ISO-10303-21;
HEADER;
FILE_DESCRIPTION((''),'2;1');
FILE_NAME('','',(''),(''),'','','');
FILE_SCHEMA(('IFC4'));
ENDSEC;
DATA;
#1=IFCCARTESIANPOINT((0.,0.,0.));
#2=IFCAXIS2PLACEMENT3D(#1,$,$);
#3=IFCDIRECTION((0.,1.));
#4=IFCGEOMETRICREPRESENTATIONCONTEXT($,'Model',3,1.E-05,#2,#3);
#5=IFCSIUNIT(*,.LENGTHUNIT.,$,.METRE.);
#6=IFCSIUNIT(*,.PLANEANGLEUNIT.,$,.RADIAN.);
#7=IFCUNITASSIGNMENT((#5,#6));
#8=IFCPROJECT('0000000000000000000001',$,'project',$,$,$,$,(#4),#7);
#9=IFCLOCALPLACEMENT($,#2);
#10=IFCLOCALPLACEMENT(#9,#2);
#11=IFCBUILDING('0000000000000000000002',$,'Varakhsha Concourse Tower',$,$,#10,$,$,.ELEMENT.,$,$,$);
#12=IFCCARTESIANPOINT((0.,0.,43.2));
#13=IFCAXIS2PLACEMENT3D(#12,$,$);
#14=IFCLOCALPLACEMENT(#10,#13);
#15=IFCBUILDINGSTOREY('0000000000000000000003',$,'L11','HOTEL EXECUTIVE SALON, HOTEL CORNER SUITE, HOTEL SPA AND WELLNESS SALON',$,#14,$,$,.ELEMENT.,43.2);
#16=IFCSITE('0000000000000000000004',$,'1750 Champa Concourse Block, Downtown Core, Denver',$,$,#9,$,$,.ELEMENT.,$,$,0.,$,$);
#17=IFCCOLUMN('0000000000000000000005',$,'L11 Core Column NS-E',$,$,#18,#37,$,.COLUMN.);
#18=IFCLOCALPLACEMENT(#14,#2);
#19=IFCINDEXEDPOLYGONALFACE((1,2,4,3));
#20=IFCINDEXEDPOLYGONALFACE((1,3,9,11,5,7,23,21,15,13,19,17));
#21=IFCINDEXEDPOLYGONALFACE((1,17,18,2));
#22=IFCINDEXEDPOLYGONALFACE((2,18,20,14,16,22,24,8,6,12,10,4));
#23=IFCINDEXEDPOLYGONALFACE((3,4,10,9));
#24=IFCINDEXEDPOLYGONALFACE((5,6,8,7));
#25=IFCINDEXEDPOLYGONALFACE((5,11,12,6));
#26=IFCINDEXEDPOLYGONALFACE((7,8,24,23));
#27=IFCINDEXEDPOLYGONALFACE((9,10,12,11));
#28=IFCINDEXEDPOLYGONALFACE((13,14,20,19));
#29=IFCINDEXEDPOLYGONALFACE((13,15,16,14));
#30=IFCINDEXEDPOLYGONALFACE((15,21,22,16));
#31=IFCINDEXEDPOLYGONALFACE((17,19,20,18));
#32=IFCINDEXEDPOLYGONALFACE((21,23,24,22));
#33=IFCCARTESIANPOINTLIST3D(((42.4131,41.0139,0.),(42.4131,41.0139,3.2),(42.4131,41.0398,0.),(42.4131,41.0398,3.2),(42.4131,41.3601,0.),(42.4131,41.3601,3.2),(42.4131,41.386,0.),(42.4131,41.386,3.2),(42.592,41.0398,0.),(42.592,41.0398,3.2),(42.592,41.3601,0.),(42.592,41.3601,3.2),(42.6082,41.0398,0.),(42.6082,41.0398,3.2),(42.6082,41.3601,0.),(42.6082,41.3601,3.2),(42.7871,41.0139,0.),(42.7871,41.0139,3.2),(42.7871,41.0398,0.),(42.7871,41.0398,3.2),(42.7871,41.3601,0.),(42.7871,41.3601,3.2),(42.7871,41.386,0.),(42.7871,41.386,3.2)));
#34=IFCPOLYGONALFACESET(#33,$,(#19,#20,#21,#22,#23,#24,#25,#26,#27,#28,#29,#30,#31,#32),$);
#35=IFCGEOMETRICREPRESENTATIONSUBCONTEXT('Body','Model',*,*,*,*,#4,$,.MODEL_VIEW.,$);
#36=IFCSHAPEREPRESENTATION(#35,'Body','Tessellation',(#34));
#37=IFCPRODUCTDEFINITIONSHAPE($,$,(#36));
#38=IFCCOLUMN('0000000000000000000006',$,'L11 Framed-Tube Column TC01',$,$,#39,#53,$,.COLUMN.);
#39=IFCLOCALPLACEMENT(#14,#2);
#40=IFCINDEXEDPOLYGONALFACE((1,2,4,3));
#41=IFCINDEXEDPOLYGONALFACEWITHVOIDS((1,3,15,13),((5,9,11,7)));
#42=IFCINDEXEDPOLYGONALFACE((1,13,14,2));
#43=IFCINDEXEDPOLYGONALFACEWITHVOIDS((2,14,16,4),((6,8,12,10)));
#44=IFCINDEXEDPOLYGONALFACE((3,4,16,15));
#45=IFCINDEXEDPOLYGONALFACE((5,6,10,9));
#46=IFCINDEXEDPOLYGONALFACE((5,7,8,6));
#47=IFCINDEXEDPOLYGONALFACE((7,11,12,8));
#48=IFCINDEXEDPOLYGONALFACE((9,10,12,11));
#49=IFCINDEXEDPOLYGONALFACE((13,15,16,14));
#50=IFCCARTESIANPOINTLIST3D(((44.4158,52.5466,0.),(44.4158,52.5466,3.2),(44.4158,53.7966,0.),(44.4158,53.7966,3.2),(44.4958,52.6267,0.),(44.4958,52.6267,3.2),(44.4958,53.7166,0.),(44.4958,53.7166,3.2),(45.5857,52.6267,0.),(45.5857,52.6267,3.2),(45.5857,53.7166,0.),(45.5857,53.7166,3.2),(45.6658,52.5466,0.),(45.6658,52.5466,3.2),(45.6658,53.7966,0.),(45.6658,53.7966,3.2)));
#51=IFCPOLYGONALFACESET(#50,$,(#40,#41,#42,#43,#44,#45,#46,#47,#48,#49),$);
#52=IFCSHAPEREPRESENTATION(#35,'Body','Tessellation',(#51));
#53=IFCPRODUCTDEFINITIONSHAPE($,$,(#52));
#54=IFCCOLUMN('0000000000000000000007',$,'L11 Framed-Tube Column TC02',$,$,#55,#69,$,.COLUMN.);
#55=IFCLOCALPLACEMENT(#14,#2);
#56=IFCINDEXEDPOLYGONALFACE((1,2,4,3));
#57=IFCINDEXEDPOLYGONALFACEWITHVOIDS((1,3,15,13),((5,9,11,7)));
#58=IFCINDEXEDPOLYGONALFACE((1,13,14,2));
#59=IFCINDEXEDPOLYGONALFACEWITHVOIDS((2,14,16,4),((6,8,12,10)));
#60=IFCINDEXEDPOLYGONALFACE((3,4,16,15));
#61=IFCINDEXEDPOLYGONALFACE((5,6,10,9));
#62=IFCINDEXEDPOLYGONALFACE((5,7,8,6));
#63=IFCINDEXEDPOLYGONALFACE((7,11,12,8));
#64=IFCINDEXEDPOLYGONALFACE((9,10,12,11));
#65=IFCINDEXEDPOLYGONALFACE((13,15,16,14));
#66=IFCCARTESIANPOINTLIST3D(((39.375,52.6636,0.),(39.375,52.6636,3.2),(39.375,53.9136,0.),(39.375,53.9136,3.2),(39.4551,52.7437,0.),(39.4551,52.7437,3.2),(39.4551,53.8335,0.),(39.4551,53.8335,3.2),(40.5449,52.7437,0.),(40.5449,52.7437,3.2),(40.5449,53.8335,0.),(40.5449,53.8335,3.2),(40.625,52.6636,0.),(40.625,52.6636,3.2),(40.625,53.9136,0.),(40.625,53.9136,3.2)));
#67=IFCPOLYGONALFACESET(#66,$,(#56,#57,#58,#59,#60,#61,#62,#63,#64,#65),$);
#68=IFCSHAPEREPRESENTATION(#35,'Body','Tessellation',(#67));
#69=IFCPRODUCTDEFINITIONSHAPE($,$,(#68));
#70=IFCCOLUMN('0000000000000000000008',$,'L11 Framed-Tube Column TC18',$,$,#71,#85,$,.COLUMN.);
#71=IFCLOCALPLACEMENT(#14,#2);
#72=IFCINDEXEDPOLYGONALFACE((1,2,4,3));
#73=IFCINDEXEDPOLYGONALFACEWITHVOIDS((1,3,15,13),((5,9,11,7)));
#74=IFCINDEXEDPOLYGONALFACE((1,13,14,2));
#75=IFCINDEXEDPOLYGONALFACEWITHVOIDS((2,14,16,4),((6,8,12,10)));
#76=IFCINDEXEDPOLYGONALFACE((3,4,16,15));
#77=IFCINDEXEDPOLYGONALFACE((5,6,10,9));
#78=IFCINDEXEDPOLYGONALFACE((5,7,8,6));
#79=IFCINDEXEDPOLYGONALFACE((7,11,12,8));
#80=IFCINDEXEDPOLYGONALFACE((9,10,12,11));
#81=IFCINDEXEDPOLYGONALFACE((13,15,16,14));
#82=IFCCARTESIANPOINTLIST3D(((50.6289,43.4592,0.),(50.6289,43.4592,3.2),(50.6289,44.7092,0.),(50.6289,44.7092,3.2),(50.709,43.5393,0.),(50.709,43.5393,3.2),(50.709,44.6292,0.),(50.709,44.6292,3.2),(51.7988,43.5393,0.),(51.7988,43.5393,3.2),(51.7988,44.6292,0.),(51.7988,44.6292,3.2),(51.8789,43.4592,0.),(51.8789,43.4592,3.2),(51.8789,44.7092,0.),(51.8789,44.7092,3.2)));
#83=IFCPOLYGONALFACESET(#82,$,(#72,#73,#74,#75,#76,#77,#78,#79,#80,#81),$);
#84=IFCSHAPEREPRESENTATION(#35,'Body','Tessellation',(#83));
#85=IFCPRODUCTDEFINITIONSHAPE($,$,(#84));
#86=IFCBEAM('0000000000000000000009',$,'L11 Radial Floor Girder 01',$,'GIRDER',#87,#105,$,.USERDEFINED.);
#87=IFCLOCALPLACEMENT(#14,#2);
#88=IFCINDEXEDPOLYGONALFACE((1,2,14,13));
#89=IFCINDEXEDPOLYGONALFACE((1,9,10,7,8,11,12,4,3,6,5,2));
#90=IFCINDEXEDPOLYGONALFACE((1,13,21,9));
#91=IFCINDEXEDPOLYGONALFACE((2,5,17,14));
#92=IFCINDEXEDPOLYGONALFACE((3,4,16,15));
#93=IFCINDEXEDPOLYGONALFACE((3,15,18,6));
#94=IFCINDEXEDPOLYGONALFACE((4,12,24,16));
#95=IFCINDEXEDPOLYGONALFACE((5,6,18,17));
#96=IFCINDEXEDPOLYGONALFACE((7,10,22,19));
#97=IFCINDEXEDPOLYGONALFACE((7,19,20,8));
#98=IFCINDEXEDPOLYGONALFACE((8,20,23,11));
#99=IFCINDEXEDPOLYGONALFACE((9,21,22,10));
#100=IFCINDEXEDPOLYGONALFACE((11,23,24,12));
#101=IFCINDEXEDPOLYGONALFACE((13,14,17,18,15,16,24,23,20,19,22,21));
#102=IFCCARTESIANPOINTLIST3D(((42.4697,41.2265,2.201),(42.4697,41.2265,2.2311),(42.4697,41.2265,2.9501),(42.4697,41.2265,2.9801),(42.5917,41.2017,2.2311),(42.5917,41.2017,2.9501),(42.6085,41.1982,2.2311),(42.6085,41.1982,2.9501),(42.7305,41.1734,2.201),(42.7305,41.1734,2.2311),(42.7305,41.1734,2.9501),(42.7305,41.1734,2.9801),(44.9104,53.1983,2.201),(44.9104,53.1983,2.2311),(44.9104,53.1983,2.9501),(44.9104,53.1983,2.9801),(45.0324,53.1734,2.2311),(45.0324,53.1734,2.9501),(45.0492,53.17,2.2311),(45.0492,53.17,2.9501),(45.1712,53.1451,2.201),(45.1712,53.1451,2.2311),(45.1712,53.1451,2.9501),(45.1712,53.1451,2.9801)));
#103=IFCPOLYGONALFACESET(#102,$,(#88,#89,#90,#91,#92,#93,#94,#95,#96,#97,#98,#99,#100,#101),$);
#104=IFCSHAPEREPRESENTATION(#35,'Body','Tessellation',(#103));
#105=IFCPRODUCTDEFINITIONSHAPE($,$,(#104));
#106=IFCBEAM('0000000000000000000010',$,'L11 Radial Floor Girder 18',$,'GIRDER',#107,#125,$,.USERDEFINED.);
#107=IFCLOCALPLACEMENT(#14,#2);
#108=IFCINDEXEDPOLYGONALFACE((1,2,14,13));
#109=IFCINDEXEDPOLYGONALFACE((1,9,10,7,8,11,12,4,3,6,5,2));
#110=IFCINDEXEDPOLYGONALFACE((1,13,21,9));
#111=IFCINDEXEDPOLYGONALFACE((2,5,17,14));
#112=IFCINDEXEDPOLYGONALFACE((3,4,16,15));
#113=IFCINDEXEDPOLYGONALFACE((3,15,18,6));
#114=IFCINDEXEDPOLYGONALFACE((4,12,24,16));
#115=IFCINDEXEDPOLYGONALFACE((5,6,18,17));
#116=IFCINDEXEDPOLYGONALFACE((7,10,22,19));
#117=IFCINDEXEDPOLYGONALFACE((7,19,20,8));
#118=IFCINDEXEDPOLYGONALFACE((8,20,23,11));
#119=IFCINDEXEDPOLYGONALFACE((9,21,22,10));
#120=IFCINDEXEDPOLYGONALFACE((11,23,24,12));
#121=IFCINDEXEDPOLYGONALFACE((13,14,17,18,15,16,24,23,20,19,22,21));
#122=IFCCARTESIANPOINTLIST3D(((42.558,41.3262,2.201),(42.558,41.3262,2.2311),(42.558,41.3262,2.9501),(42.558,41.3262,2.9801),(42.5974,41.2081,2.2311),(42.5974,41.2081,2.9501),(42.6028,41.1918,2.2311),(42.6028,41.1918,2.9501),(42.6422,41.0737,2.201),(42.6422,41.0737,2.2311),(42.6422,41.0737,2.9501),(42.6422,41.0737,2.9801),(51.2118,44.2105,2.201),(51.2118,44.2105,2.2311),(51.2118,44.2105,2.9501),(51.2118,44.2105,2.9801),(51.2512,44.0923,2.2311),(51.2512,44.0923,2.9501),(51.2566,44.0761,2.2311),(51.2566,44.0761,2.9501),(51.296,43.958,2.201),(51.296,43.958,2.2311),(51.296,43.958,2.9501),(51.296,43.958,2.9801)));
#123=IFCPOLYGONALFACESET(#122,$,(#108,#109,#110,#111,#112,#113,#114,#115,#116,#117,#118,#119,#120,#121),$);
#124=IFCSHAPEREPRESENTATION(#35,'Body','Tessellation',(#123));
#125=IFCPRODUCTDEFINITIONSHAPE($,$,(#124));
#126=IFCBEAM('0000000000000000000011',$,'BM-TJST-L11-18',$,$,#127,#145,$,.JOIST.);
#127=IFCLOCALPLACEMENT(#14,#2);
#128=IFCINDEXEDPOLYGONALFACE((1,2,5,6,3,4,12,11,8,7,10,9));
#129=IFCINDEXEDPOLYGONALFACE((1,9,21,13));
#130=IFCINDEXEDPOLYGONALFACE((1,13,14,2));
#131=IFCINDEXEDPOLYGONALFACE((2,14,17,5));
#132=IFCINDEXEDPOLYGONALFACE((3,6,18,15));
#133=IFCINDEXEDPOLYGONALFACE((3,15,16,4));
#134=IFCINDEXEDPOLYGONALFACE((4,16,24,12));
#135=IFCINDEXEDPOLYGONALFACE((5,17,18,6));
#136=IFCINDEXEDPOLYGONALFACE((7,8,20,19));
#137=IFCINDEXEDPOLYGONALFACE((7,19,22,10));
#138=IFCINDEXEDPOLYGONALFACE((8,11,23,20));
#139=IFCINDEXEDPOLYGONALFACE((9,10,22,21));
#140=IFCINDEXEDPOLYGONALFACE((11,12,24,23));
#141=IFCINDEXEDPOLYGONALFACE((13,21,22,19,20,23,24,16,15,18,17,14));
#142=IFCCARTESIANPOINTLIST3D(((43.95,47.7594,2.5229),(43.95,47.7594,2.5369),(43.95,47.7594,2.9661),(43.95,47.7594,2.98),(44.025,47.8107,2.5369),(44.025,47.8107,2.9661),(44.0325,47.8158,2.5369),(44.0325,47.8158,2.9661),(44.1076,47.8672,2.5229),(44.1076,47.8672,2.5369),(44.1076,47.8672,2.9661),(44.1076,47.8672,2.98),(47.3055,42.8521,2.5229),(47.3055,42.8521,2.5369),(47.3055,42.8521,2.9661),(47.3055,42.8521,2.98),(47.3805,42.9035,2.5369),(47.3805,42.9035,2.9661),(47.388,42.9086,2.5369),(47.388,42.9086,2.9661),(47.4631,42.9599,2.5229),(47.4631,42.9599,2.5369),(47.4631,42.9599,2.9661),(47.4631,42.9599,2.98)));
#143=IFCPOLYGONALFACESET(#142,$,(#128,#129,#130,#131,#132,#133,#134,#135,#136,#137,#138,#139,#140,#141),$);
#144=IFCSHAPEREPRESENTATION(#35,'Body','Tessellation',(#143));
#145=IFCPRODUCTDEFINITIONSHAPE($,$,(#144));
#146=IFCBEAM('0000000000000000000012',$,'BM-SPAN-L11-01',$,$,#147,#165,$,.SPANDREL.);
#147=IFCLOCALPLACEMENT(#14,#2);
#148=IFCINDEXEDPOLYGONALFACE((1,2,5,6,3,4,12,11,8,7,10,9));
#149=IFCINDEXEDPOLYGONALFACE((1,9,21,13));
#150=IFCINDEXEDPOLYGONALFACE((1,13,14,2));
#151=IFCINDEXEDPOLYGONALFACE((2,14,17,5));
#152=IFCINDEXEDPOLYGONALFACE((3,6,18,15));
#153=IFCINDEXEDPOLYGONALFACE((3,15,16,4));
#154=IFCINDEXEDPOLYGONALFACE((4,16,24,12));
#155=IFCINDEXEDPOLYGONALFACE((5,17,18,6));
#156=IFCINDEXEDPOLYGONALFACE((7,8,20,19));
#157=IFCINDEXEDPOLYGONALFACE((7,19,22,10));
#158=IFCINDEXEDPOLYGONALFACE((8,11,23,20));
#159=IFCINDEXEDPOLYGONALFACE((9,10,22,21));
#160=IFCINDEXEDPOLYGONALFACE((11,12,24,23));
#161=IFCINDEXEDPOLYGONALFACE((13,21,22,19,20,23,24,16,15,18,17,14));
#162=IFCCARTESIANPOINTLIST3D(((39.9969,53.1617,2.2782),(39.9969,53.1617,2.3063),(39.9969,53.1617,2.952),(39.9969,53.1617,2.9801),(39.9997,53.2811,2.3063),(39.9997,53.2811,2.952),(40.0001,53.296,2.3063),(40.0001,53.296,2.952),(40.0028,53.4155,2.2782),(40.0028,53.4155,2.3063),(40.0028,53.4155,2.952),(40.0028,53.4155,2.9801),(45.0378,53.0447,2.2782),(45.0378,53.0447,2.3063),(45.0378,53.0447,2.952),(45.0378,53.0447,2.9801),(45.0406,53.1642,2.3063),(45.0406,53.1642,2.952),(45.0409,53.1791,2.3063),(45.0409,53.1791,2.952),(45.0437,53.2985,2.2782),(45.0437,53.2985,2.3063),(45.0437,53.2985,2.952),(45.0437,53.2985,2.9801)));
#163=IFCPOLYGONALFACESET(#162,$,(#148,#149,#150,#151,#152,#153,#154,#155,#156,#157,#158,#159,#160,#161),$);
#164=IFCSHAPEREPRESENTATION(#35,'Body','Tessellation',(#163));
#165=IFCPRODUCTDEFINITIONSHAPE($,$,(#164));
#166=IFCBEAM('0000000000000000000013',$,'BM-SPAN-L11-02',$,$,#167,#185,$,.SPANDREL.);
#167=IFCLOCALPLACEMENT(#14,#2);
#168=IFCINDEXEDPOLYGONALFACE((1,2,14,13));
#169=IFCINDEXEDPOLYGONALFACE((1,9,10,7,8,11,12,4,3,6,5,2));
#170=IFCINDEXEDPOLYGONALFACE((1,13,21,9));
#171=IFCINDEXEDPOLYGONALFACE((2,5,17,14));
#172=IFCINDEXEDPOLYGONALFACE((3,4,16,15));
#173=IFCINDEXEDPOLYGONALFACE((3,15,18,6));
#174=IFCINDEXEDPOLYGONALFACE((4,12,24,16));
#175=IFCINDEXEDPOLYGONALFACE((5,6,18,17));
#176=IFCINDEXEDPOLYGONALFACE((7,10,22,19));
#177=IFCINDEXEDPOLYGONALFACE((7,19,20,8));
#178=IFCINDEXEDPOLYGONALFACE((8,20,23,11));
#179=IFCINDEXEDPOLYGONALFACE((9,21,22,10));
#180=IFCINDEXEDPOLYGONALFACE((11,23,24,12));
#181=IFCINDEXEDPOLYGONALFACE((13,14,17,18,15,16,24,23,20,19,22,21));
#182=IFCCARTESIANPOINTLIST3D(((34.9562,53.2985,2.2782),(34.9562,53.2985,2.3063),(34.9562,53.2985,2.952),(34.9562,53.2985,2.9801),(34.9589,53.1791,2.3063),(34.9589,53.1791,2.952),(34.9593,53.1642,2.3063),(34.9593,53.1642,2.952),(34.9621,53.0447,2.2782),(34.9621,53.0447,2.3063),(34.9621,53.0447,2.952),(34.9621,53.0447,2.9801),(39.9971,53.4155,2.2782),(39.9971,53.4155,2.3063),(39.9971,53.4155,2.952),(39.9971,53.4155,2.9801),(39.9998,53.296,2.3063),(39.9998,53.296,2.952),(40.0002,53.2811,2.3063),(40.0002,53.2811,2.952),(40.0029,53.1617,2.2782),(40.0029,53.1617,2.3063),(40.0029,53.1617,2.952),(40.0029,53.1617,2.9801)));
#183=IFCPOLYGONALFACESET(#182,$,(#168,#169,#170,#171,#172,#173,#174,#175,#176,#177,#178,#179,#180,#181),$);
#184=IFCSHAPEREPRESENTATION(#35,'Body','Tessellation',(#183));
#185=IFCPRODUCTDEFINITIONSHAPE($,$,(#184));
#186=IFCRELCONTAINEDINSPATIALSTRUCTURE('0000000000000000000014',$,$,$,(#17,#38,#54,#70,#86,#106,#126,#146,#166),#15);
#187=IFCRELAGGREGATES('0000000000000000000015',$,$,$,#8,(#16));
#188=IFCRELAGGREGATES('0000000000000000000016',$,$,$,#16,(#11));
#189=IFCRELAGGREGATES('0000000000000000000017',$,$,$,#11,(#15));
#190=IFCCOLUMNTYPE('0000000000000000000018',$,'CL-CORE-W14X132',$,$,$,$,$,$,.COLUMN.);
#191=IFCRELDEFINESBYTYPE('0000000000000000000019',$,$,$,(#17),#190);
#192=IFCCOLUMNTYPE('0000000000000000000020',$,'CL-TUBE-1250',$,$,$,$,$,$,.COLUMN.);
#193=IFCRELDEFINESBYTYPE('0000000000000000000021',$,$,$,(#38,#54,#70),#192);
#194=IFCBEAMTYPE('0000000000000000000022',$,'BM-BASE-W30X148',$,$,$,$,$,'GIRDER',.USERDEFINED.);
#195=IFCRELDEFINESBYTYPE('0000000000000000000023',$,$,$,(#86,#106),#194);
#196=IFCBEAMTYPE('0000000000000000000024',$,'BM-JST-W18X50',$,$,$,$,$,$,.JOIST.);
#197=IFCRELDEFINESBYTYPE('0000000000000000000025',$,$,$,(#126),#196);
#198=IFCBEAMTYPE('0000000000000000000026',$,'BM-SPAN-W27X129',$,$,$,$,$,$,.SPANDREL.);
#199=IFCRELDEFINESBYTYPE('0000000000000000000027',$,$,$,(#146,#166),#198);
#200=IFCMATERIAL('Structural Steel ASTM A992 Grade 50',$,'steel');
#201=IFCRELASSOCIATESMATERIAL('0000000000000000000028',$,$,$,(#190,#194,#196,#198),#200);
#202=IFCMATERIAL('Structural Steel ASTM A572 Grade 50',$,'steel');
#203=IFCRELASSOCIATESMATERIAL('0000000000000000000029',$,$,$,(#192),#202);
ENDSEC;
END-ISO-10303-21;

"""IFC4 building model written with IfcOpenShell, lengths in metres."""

from ifc_helpers import new_model, si_unit, direction, frame, origin, origin_2d, place, context, subcontext, project, spatial, hollow_rectangle, i_section, extrude, material, material_profile, profile_set, type_object, element, save


model = new_model("IFC4")

# Units and contexts
model_context = context("Model", 3, precision=1e-05, world=origin(), true_north=direction((0.0, 1.0)))
body_context = subcontext(model_context, "Body", "Model", "MODEL_VIEW")
ifc_project = project(units=[si_unit("LENGTHUNIT", "METRE"), si_unit("PLANEANGLEUNIT", "RADIAN")], contexts=[model_context])

# Site, building, storey
site_placement = place(None, origin())
site = spatial("IfcSite", under=ifc_project, at=site_placement, Name="1750 Champa Concourse Block, Downtown Core, Denver", CompositionType="ELEMENT", RefElevation=0.0)
building_placement = place(site_placement, origin())
building = spatial("IfcBuilding", under=site, at=building_placement, Name="Varakhsha Concourse Tower", CompositionType="ELEMENT")
storey_placement = place(building_placement, frame((0.0, 0.0, 43.2)))
storey = spatial("IfcBuildingStorey", under=building, at=storey_placement, Name="L11", Description="HOTEL EXECUTIVE SALON, HOTEL CORNER SUITE, HOTEL SPA AND WELLNESS SALON", CompositionType="ELEMENT", Elevation=43.2)

# Columns
ifc_material_1 = material(Name="Structural Steel ASTM A992 Grade 50", Category="steel")
ifc_material_profile_1 = material_profile(ifc_material_1, i_section(OverallWidth=0.374, OverallDepth=0.3721, WebThickness=0.0161, FlangeThickness=0.0259, at=origin_2d()), Name="W14X132")
ifc_profile_set_1 = profile_set([ifc_material_profile_1], Name="Structural Steel ASTM A992 Grade 50")
column_type_1 = type_object("IfcColumnType", Name="CL-CORE-W14X132", PredefinedType="COLUMN", material=ifc_profile_set_1)
column_placement = place(storey_placement, frame((42.6001, 41.2, 0.0), z_axis=(0.0, 0.0, 1.0), x_axis=(1.0, 0.0, 0.0)))
element("IfcColumn", 1, at=column_placement, inside=storey, type_object=column_type_1, Name="L11 Core Column NS-E", PredefinedType="COLUMN", context=body_context, shape_type="SweptSolid", body=[
    extrude(i_section(OverallWidth=0.374, OverallDepth=0.3721, WebThickness=0.0161, FlangeThickness=0.0259, at=origin_2d()), origin(), (0.0, 0.0, 1.0), 3.2),
])
ifc_material_2 = material(Name="Structural Steel ASTM A572 Grade 50", Category="steel")
ifc_material_profile_2 = material_profile(ifc_material_2, hollow_rectangle(XDim=1.25, YDim=1.25, WallThickness=0.0801, at=origin_2d()), Name="BOX 1250x1250x80")
ifc_profile_set_2 = profile_set([ifc_material_profile_2], Name="Structural Steel ASTM A572 Grade 50")
column_type_2 = type_object("IfcColumnType", Name="CL-TUBE-1250", PredefinedType="COLUMN", material=ifc_profile_set_2)
for number, where, z_axis, x_axis, name in (
    (2, (45.0408, 53.1716, 0.0), (0.0, 0.0, 1.0), (1.0, 0.0, 0.0), "L11 Framed-Tube Column TC01"),
    (3, (40.0, 53.2886, 0.0), (0.0, 0.0, 1.0), (1.0, 0.0, 0.0), "L11 Framed-Tube Column TC02"),
    (4, (51.2539, 44.0842, 0.0), (0.0, 0.0, 1.0), (1.0, 0.0, 0.0), "L11 Framed-Tube Column TC18"),
):
    element("IfcColumn", number, at=place(storey_placement, frame(where, z_axis=z_axis, x_axis=x_axis)), inside=storey, type_object=column_type_2, Name=name, PredefinedType="COLUMN", context=body_context, shape_type="SweptSolid", body=[
        extrude(hollow_rectangle(XDim=1.25, YDim=1.25, WallThickness=0.0801, at=origin_2d()), origin(), (0.0, 0.0, 1.0), 3.2),
    ])

# Beams
ifc_material_profile_3 = material_profile(ifc_material_1, i_section(OverallWidth=0.2661, OverallDepth=0.7791, WebThickness=0.0171, FlangeThickness=0.03, at=origin_2d()), Name="W30X148")
ifc_profile_set_3 = profile_set([ifc_material_profile_3], Name="Structural Steel ASTM A992 Grade 50")
beam_type_1 = type_object("IfcBeamType", Name="BM-BASE-W30X148", ElementType="GIRDER", PredefinedType="USERDEFINED", material=ifc_profile_set_3)
beam_1_placement = place(storey_placement, frame((42.6001, 41.2, 2.5906), z_axis=(0.199762, 0.979845, 0.0), x_axis=(-0.979845, 0.199762, 0.0)))
element("IfcBeam", 5, at=beam_1_placement, inside=storey, type_object=beam_type_1, Name="L11 Radial Floor Girder 01", ObjectType="GIRDER", PredefinedType="USERDEFINED", context=body_context, shape_type="SweptSolid", body=[
    extrude(i_section(OverallWidth=0.2661, OverallDepth=0.7791, WebThickness=0.0171, FlangeThickness=0.03, at=origin_2d()), origin(), (0.0, 0.0, 1.0), 12.218),
])
beam_2_placement = place(storey_placement, frame((42.6001, 41.2, 2.5906), z_axis=(0.948694, 0.316196, 0.0), x_axis=(-0.316196, 0.948694, 0.0)))
element("IfcBeam", 6, at=beam_2_placement, inside=storey, type_object=beam_type_1, Name="L11 Radial Floor Girder 18", ObjectType="GIRDER", PredefinedType="USERDEFINED", context=body_context, shape_type="SweptSolid", body=[
    extrude(i_section(OverallWidth=0.2661, OverallDepth=0.7791, WebThickness=0.0171, FlangeThickness=0.03, at=origin_2d()), origin(), (0.0, 0.0, 1.0), 9.1218),
])
ifc_material_profile_4 = material_profile(ifc_material_1, i_section(OverallWidth=0.1909, OverallDepth=0.457, WebThickness=0.009, FlangeThickness=0.0139, at=origin_2d()), Name="W18X50")
ifc_profile_set_4 = profile_set([ifc_material_profile_4], Name="Structural Steel ASTM A992 Grade 50")
beam_type_2 = type_object("IfcBeamType", Name="BM-JST-W18X50", PredefinedType="JOIST", material=ifc_profile_set_4)
beam_3_placement = place(storey_placement, frame((47.3843, 42.906, 2.7515), z_axis=(-0.564442, 0.825472, 0.0), x_axis=(-0.825472, -0.564442, 0.0)))
element("IfcBeam", 7, at=beam_3_placement, inside=storey, type_object=beam_type_2, Name="BM-TJST-L11-18", PredefinedType="JOIST", context=body_context, shape_type="SweptSolid", body=[
    extrude(i_section(OverallWidth=0.1909, OverallDepth=0.457, WebThickness=0.009, FlangeThickness=0.0139, at=origin_2d()), origin(), (0.0, 0.0, 1.0), 5.9448),
])
ifc_material_profile_5 = material_profile(ifc_material_1, i_section(OverallWidth=0.2539, OverallDepth=0.7019, WebThickness=0.0149, FlangeThickness=0.0281, at=origin_2d()), Name="W27X129")
ifc_profile_set_5 = profile_set([ifc_material_profile_5], Name="Structural Steel ASTM A992 Grade 50")
beam_type_3 = type_object("IfcBeamType", Name="BM-SPAN-W27X129", PredefinedType="SPANDREL", material=ifc_profile_set_5)
for number, where, z_axis, x_axis, name in (
    (8, (45.0408, 53.1716, 2.6292), (-0.999731, 0.023193, 0.0), (-0.023193, -0.999731, 0.0), "BM-SPAN-L11-01"),
    (9, (40.0, 53.2886, 2.6292), (-0.999731, -0.023193, 0.0), (0.023193, -0.999731, 0.0), "BM-SPAN-L11-02"),
):
    element("IfcBeam", number, at=place(storey_placement, frame(where, z_axis=z_axis, x_axis=x_axis)), inside=storey, type_object=beam_type_3, Name=name, PredefinedType="SPANDREL", context=body_context, shape_type="SweptSolid", body=[
        extrude(i_section(OverallWidth=0.2539, OverallDepth=0.7019, WebThickness=0.0149, FlangeThickness=0.0281, at=origin_2d()), origin(), (0.0, 0.0, 1.0), 5.0422),
    ])

save(model, "model.ifc")
